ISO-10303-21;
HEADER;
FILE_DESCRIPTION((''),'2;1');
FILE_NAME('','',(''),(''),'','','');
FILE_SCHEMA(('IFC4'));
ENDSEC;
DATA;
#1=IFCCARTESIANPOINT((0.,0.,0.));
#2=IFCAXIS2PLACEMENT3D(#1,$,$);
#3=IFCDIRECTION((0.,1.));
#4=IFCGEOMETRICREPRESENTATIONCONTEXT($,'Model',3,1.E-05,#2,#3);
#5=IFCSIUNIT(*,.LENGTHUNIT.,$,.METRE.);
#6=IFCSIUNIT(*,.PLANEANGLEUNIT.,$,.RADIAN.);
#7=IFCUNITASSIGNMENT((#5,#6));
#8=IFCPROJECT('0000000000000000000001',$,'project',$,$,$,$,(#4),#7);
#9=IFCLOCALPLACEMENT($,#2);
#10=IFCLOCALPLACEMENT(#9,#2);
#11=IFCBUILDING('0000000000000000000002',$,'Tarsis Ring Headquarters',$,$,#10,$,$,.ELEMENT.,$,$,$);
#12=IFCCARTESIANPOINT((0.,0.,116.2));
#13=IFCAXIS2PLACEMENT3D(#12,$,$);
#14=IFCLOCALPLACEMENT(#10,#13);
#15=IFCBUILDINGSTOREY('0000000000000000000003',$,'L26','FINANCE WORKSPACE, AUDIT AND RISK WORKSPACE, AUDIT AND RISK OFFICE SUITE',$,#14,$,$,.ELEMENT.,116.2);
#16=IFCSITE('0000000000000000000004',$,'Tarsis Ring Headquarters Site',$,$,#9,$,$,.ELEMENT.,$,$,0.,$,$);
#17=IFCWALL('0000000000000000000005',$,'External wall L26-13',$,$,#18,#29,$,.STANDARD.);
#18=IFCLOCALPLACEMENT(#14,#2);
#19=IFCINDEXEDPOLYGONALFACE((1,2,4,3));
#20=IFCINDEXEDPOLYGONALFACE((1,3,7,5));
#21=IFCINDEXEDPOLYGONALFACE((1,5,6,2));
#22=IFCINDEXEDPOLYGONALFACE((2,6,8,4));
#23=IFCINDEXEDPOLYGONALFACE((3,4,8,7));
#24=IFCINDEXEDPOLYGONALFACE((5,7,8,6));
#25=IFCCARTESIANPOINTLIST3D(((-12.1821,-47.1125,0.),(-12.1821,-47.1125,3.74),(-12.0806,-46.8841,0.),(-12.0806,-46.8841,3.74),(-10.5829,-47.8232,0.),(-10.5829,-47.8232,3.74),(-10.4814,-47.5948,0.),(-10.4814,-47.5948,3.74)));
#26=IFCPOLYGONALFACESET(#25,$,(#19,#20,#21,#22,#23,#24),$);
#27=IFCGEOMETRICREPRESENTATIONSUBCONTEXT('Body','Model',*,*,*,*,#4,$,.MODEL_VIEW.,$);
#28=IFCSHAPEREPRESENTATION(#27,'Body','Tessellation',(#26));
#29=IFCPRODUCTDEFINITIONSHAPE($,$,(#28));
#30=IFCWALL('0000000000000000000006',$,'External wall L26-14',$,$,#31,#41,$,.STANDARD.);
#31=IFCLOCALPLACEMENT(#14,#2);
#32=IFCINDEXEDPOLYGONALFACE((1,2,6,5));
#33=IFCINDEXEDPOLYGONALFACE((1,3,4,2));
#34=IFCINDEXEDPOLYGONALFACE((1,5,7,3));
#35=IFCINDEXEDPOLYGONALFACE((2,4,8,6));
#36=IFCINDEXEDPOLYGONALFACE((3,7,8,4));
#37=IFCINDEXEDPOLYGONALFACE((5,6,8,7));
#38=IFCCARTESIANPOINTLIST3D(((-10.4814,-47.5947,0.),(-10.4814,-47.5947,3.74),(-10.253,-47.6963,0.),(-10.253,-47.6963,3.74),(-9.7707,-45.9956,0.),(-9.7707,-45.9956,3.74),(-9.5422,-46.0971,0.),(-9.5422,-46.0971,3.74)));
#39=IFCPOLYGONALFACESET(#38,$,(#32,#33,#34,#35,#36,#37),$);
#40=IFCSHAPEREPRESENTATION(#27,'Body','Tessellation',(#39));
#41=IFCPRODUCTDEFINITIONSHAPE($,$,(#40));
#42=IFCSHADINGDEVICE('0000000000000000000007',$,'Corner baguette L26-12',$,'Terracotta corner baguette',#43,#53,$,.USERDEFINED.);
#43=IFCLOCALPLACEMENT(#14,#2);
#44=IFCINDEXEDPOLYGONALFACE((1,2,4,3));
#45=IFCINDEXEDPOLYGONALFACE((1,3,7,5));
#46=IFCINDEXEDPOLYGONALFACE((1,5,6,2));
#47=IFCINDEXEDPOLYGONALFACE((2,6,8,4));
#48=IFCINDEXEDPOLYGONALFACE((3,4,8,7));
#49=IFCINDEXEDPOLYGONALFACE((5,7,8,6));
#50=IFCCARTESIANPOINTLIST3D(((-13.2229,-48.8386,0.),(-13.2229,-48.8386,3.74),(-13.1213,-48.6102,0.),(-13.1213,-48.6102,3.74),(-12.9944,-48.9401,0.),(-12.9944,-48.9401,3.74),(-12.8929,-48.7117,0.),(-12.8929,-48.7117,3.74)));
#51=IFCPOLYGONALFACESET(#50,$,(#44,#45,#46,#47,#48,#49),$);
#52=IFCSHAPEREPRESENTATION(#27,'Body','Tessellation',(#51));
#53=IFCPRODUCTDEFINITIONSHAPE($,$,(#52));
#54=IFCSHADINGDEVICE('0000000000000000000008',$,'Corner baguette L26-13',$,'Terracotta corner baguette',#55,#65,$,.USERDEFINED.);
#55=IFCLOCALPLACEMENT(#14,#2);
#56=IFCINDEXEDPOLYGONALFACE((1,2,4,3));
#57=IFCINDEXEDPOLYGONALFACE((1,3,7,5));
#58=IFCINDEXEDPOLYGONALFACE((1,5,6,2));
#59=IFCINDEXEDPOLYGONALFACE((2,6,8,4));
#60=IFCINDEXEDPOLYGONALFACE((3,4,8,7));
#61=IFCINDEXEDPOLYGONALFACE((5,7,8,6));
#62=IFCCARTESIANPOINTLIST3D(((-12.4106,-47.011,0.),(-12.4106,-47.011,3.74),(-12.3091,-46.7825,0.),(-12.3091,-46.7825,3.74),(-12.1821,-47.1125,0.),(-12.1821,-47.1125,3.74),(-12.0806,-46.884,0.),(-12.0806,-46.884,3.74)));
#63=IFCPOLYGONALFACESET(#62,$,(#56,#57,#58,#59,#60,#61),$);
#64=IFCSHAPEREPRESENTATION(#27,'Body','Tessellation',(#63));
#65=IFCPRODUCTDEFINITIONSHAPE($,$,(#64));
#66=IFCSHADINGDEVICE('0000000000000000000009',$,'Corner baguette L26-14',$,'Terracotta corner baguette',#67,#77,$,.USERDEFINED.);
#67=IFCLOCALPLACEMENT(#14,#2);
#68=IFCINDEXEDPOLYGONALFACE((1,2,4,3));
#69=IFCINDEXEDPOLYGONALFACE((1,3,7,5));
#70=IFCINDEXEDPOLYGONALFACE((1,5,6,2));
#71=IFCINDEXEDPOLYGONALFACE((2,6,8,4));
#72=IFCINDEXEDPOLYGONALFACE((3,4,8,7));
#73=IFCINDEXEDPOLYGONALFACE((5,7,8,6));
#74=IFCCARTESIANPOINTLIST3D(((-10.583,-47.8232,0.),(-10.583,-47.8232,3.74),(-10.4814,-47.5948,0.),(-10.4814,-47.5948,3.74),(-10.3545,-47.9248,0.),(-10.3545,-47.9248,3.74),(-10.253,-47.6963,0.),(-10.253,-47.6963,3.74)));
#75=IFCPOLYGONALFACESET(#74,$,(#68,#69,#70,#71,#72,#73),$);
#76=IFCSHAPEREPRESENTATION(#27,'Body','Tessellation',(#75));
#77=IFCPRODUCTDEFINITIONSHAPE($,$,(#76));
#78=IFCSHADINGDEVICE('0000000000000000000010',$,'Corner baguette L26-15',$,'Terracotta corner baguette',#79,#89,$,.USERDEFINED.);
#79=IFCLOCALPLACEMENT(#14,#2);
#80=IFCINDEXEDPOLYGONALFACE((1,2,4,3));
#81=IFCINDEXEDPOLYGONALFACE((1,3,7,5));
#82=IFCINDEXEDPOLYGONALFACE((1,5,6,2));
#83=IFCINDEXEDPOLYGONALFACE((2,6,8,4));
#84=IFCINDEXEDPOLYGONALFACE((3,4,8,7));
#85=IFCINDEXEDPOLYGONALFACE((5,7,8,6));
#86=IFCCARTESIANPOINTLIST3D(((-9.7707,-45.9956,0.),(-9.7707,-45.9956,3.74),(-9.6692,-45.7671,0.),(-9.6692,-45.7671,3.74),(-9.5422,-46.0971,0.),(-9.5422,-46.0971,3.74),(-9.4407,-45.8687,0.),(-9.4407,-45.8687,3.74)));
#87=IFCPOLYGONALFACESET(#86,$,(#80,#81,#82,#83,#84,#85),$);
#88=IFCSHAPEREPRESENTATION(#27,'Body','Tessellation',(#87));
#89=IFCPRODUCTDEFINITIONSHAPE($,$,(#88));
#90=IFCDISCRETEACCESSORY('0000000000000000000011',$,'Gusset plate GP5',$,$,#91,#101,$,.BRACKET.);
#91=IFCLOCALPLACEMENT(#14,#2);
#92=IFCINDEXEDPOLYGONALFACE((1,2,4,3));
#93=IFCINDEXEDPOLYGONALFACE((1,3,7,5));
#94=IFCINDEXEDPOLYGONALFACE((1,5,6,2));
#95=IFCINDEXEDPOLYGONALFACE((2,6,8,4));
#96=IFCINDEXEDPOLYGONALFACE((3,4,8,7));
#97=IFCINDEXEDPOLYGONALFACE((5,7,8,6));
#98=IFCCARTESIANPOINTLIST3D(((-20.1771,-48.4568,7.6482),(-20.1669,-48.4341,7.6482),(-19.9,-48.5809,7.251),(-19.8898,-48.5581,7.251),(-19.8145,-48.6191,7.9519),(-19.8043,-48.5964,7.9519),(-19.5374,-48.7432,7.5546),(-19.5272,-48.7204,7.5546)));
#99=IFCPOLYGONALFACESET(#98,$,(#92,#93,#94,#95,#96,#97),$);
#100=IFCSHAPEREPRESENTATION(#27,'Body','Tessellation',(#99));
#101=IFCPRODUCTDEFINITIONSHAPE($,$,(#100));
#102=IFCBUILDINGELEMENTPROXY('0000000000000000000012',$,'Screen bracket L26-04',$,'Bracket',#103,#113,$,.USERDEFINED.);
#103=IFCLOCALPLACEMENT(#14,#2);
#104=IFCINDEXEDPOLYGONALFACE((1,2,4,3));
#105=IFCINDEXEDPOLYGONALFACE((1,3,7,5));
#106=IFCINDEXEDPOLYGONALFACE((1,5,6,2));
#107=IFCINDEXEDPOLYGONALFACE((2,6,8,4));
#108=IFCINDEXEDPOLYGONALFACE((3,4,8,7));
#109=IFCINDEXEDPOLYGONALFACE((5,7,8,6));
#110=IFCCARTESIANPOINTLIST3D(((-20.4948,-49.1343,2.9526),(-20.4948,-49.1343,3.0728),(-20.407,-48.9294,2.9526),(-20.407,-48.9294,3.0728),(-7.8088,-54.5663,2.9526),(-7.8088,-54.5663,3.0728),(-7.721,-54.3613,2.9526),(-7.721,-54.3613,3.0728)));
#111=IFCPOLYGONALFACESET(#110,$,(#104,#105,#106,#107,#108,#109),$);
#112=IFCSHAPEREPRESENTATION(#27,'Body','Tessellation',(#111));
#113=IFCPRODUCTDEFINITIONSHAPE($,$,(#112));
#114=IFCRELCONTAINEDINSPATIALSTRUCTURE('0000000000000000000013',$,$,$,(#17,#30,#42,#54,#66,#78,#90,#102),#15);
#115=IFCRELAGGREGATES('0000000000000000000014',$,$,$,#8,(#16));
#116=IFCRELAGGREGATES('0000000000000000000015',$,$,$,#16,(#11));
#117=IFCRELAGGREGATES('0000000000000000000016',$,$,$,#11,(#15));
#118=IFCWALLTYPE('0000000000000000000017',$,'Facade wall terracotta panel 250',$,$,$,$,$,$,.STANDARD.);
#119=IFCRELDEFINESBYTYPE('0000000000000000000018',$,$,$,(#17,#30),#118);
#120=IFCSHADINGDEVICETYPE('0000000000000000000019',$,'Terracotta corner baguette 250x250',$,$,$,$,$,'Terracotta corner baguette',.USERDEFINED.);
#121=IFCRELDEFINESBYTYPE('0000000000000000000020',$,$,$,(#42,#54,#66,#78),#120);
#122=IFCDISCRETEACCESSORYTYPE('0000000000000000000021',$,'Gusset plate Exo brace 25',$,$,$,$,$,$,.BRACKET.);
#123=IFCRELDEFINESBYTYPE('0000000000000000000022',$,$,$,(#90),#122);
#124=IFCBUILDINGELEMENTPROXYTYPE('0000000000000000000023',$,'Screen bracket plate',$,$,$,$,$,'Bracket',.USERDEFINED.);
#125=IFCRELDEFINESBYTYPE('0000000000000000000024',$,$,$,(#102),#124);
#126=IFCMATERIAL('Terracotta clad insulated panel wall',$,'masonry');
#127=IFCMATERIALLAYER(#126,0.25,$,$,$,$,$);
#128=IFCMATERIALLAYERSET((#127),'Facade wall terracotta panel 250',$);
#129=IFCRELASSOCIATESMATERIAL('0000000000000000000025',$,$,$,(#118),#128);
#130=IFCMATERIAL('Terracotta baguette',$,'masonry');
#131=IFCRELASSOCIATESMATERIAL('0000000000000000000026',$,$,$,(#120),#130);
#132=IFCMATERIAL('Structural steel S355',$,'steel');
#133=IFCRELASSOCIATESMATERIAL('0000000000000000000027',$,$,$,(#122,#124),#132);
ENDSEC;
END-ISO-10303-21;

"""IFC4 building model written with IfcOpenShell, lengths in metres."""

from ifc_helpers import new_model, si_unit, direction, frame, frame_2d, origin, origin_2d, place, context, subcontext, project, spatial, rectangle, extrude, material, layer, layer_set, material_profile, profile_set, type_object, element, save


model = new_model("IFC4")

# Units and contexts
model_context = context("Model", 3, precision=1e-05, world=origin(), true_north=direction((0.0, 1.0)))
body_context = subcontext(model_context, "Body", "Model", "MODEL_VIEW")
ifc_project = project(units=[si_unit("LENGTHUNIT", "METRE"), si_unit("PLANEANGLEUNIT", "RADIAN")], contexts=[model_context])

# Site, building, storey
site_placement = place(None, origin())
site = spatial("IfcSite", under=ifc_project, at=site_placement, Name="Tarsis Ring Headquarters Site", CompositionType="ELEMENT", RefElevation=0.0)
building_placement = place(site_placement, origin())
building = spatial("IfcBuilding", under=site, at=building_placement, Name="Tarsis Ring Headquarters", CompositionType="ELEMENT")
storey_placement = place(building_placement, frame((0.0, 0.0, 116.2)))
storey = spatial("IfcBuildingStorey", under=building, at=storey_placement, Name="L26", Description="FINANCE WORKSPACE, AUDIT AND RISK WORKSPACE, AUDIT AND RISK OFFICE SUITE", CompositionType="ELEMENT", Elevation=116.2)

# Shared definitions
ifc_material_1 = material(Name="Structural steel S355", Category="steel")

# Walls
ifc_material_2 = material(Name="Terracotta clad insulated panel wall", Category="masonry")
ifc_layer_1 = layer(ifc_material_2, 0.25)
ifc_layer_set_1 = layer_set([ifc_layer_1], Name="Facade wall terracotta panel 250")
wall_type_1 = type_object("IfcWallType", Name="Facade wall terracotta panel 250", PredefinedType="STANDARD", material=ifc_layer_set_1)
for number, where, z_axis, x_axis, name in (
    (1, (-12.1313, -46.9983, 0.0), (0.0, 0.0, 1.0), (0.913817, -0.406126, 0.0), "External wall L26-13"),
    (2, (-10.3672, -47.6455, 0.0), (0.0, 0.0, 1.0), (0.406126, 0.913817, 0.0), "External wall L26-14"),
):
    element("IfcWall", number, at=place(storey_placement, frame(where, z_axis=z_axis, x_axis=x_axis)), inside=storey, type_object=wall_type_1, Name=name, PredefinedType="STANDARD", context=body_context, shape_type="SweptSolid", body=[
        extrude(rectangle(XDim=1.75, YDim=0.25, at=frame_2d((0.875, 0.0))), origin(), (0.0, 0.0, 1.0), 3.74),
    ])

# Shading devices
ifc_material_3 = material(Name="Terracotta baguette", Category="masonry")
shading_device_type_1 = type_object("IfcShadingDeviceType", Name="Terracotta corner baguette 250x250", ElementType="Terracotta corner baguette", PredefinedType="USERDEFINED", material=ifc_material_3)
for number, where, z_axis, x_axis, name in (
    (3, (-13.0579, -48.7751, 0.0), (0.0, 0.0, 1.0), (0.913829, -0.406099, 0.0), "Corner baguette L26-12"),
    (4, (-12.2456, -46.9475, 0.0), (0.0, 0.0, 1.0), (0.406099, 0.913829, 0.0), "Corner baguette L26-13"),
    (5, (-10.418, -47.7598, 0.0), (0.0, 0.0, 1.0), (0.913829, -0.406099, 0.0), "Corner baguette L26-14"),
    (6, (-9.6057, -45.9321, 0.0), (0.0, 0.0, 1.0), (0.406099, 0.913829, 0.0), "Corner baguette L26-15"),
):
    element("IfcShadingDevice", number, at=place(storey_placement, frame(where, z_axis=z_axis, x_axis=x_axis)), inside=storey, type_object=shading_device_type_1, Name=name, ObjectType="Terracotta corner baguette", PredefinedType="USERDEFINED", context=body_context, shape_type="SweptSolid", body=[
        extrude(rectangle(XDim=0.25, YDim=0.25, at=origin_2d()), origin(), (0.0, 0.0, 1.0), 3.74),
    ])

# Discrete accessory
ifc_material_profile_1 = material_profile(ifc_material_1, rectangle(XDim=0.0249, YDim=0.5, at=origin_2d()), Name="PL 25x500")
ifc_profile_set_1 = profile_set([ifc_material_profile_1], Name="Structural steel S355")
discrete_accessory_type = type_object("IfcDiscreteAccessoryType", Name="Gusset plate Exo brace 25", PredefinedType="BRACKET", material=ifc_profile_set_1)
discrete_accessory_placement = place(storey_placement, frame((-19.9907, -48.5266, 7.8), z_axis=(0.554258, -0.248073, -0.794518), x_axis=(0.408525, 0.912747, 0.0)))
element("IfcDiscreteAccessory", 7, at=discrete_accessory_placement, inside=storey, type_object=discrete_accessory_type, Name="Gusset plate GP5", PredefinedType="BRACKET", context=body_context, shape_type="SweptSolid", body=[
    extrude(rectangle(XDim=0.0249, YDim=0.5, at=origin_2d()), origin(), (0.0, 0.0, 1.0), 0.5),
])

# Building element proxy
building_element_proxy_type = type_object("IfcBuildingElementProxyType", Name="Screen bracket plate", ElementType="Bracket", PredefinedType="USERDEFINED", material=ifc_material_1)
proxy_placement = place(storey_placement, frame((-14.1079, -51.7478, 2.9526), z_axis=(0.0, 0.0, 1.0), x_axis=(0.919273, -0.393621, 0.0)))
element("IfcBuildingElementProxy", 8, at=proxy_placement, inside=storey, type_object=building_element_proxy_type, Name="Screen bracket L26-04", ObjectType="Bracket", PredefinedType="USERDEFINED", context=body_context, shape_type="SweptSolid", body=[
    extrude(rectangle(XDim=13.8, YDim=0.2229, at=origin_2d()), origin(), (0.0, 0.0, 1.0), 0.1201),
])

save(model, "model.ifc")
